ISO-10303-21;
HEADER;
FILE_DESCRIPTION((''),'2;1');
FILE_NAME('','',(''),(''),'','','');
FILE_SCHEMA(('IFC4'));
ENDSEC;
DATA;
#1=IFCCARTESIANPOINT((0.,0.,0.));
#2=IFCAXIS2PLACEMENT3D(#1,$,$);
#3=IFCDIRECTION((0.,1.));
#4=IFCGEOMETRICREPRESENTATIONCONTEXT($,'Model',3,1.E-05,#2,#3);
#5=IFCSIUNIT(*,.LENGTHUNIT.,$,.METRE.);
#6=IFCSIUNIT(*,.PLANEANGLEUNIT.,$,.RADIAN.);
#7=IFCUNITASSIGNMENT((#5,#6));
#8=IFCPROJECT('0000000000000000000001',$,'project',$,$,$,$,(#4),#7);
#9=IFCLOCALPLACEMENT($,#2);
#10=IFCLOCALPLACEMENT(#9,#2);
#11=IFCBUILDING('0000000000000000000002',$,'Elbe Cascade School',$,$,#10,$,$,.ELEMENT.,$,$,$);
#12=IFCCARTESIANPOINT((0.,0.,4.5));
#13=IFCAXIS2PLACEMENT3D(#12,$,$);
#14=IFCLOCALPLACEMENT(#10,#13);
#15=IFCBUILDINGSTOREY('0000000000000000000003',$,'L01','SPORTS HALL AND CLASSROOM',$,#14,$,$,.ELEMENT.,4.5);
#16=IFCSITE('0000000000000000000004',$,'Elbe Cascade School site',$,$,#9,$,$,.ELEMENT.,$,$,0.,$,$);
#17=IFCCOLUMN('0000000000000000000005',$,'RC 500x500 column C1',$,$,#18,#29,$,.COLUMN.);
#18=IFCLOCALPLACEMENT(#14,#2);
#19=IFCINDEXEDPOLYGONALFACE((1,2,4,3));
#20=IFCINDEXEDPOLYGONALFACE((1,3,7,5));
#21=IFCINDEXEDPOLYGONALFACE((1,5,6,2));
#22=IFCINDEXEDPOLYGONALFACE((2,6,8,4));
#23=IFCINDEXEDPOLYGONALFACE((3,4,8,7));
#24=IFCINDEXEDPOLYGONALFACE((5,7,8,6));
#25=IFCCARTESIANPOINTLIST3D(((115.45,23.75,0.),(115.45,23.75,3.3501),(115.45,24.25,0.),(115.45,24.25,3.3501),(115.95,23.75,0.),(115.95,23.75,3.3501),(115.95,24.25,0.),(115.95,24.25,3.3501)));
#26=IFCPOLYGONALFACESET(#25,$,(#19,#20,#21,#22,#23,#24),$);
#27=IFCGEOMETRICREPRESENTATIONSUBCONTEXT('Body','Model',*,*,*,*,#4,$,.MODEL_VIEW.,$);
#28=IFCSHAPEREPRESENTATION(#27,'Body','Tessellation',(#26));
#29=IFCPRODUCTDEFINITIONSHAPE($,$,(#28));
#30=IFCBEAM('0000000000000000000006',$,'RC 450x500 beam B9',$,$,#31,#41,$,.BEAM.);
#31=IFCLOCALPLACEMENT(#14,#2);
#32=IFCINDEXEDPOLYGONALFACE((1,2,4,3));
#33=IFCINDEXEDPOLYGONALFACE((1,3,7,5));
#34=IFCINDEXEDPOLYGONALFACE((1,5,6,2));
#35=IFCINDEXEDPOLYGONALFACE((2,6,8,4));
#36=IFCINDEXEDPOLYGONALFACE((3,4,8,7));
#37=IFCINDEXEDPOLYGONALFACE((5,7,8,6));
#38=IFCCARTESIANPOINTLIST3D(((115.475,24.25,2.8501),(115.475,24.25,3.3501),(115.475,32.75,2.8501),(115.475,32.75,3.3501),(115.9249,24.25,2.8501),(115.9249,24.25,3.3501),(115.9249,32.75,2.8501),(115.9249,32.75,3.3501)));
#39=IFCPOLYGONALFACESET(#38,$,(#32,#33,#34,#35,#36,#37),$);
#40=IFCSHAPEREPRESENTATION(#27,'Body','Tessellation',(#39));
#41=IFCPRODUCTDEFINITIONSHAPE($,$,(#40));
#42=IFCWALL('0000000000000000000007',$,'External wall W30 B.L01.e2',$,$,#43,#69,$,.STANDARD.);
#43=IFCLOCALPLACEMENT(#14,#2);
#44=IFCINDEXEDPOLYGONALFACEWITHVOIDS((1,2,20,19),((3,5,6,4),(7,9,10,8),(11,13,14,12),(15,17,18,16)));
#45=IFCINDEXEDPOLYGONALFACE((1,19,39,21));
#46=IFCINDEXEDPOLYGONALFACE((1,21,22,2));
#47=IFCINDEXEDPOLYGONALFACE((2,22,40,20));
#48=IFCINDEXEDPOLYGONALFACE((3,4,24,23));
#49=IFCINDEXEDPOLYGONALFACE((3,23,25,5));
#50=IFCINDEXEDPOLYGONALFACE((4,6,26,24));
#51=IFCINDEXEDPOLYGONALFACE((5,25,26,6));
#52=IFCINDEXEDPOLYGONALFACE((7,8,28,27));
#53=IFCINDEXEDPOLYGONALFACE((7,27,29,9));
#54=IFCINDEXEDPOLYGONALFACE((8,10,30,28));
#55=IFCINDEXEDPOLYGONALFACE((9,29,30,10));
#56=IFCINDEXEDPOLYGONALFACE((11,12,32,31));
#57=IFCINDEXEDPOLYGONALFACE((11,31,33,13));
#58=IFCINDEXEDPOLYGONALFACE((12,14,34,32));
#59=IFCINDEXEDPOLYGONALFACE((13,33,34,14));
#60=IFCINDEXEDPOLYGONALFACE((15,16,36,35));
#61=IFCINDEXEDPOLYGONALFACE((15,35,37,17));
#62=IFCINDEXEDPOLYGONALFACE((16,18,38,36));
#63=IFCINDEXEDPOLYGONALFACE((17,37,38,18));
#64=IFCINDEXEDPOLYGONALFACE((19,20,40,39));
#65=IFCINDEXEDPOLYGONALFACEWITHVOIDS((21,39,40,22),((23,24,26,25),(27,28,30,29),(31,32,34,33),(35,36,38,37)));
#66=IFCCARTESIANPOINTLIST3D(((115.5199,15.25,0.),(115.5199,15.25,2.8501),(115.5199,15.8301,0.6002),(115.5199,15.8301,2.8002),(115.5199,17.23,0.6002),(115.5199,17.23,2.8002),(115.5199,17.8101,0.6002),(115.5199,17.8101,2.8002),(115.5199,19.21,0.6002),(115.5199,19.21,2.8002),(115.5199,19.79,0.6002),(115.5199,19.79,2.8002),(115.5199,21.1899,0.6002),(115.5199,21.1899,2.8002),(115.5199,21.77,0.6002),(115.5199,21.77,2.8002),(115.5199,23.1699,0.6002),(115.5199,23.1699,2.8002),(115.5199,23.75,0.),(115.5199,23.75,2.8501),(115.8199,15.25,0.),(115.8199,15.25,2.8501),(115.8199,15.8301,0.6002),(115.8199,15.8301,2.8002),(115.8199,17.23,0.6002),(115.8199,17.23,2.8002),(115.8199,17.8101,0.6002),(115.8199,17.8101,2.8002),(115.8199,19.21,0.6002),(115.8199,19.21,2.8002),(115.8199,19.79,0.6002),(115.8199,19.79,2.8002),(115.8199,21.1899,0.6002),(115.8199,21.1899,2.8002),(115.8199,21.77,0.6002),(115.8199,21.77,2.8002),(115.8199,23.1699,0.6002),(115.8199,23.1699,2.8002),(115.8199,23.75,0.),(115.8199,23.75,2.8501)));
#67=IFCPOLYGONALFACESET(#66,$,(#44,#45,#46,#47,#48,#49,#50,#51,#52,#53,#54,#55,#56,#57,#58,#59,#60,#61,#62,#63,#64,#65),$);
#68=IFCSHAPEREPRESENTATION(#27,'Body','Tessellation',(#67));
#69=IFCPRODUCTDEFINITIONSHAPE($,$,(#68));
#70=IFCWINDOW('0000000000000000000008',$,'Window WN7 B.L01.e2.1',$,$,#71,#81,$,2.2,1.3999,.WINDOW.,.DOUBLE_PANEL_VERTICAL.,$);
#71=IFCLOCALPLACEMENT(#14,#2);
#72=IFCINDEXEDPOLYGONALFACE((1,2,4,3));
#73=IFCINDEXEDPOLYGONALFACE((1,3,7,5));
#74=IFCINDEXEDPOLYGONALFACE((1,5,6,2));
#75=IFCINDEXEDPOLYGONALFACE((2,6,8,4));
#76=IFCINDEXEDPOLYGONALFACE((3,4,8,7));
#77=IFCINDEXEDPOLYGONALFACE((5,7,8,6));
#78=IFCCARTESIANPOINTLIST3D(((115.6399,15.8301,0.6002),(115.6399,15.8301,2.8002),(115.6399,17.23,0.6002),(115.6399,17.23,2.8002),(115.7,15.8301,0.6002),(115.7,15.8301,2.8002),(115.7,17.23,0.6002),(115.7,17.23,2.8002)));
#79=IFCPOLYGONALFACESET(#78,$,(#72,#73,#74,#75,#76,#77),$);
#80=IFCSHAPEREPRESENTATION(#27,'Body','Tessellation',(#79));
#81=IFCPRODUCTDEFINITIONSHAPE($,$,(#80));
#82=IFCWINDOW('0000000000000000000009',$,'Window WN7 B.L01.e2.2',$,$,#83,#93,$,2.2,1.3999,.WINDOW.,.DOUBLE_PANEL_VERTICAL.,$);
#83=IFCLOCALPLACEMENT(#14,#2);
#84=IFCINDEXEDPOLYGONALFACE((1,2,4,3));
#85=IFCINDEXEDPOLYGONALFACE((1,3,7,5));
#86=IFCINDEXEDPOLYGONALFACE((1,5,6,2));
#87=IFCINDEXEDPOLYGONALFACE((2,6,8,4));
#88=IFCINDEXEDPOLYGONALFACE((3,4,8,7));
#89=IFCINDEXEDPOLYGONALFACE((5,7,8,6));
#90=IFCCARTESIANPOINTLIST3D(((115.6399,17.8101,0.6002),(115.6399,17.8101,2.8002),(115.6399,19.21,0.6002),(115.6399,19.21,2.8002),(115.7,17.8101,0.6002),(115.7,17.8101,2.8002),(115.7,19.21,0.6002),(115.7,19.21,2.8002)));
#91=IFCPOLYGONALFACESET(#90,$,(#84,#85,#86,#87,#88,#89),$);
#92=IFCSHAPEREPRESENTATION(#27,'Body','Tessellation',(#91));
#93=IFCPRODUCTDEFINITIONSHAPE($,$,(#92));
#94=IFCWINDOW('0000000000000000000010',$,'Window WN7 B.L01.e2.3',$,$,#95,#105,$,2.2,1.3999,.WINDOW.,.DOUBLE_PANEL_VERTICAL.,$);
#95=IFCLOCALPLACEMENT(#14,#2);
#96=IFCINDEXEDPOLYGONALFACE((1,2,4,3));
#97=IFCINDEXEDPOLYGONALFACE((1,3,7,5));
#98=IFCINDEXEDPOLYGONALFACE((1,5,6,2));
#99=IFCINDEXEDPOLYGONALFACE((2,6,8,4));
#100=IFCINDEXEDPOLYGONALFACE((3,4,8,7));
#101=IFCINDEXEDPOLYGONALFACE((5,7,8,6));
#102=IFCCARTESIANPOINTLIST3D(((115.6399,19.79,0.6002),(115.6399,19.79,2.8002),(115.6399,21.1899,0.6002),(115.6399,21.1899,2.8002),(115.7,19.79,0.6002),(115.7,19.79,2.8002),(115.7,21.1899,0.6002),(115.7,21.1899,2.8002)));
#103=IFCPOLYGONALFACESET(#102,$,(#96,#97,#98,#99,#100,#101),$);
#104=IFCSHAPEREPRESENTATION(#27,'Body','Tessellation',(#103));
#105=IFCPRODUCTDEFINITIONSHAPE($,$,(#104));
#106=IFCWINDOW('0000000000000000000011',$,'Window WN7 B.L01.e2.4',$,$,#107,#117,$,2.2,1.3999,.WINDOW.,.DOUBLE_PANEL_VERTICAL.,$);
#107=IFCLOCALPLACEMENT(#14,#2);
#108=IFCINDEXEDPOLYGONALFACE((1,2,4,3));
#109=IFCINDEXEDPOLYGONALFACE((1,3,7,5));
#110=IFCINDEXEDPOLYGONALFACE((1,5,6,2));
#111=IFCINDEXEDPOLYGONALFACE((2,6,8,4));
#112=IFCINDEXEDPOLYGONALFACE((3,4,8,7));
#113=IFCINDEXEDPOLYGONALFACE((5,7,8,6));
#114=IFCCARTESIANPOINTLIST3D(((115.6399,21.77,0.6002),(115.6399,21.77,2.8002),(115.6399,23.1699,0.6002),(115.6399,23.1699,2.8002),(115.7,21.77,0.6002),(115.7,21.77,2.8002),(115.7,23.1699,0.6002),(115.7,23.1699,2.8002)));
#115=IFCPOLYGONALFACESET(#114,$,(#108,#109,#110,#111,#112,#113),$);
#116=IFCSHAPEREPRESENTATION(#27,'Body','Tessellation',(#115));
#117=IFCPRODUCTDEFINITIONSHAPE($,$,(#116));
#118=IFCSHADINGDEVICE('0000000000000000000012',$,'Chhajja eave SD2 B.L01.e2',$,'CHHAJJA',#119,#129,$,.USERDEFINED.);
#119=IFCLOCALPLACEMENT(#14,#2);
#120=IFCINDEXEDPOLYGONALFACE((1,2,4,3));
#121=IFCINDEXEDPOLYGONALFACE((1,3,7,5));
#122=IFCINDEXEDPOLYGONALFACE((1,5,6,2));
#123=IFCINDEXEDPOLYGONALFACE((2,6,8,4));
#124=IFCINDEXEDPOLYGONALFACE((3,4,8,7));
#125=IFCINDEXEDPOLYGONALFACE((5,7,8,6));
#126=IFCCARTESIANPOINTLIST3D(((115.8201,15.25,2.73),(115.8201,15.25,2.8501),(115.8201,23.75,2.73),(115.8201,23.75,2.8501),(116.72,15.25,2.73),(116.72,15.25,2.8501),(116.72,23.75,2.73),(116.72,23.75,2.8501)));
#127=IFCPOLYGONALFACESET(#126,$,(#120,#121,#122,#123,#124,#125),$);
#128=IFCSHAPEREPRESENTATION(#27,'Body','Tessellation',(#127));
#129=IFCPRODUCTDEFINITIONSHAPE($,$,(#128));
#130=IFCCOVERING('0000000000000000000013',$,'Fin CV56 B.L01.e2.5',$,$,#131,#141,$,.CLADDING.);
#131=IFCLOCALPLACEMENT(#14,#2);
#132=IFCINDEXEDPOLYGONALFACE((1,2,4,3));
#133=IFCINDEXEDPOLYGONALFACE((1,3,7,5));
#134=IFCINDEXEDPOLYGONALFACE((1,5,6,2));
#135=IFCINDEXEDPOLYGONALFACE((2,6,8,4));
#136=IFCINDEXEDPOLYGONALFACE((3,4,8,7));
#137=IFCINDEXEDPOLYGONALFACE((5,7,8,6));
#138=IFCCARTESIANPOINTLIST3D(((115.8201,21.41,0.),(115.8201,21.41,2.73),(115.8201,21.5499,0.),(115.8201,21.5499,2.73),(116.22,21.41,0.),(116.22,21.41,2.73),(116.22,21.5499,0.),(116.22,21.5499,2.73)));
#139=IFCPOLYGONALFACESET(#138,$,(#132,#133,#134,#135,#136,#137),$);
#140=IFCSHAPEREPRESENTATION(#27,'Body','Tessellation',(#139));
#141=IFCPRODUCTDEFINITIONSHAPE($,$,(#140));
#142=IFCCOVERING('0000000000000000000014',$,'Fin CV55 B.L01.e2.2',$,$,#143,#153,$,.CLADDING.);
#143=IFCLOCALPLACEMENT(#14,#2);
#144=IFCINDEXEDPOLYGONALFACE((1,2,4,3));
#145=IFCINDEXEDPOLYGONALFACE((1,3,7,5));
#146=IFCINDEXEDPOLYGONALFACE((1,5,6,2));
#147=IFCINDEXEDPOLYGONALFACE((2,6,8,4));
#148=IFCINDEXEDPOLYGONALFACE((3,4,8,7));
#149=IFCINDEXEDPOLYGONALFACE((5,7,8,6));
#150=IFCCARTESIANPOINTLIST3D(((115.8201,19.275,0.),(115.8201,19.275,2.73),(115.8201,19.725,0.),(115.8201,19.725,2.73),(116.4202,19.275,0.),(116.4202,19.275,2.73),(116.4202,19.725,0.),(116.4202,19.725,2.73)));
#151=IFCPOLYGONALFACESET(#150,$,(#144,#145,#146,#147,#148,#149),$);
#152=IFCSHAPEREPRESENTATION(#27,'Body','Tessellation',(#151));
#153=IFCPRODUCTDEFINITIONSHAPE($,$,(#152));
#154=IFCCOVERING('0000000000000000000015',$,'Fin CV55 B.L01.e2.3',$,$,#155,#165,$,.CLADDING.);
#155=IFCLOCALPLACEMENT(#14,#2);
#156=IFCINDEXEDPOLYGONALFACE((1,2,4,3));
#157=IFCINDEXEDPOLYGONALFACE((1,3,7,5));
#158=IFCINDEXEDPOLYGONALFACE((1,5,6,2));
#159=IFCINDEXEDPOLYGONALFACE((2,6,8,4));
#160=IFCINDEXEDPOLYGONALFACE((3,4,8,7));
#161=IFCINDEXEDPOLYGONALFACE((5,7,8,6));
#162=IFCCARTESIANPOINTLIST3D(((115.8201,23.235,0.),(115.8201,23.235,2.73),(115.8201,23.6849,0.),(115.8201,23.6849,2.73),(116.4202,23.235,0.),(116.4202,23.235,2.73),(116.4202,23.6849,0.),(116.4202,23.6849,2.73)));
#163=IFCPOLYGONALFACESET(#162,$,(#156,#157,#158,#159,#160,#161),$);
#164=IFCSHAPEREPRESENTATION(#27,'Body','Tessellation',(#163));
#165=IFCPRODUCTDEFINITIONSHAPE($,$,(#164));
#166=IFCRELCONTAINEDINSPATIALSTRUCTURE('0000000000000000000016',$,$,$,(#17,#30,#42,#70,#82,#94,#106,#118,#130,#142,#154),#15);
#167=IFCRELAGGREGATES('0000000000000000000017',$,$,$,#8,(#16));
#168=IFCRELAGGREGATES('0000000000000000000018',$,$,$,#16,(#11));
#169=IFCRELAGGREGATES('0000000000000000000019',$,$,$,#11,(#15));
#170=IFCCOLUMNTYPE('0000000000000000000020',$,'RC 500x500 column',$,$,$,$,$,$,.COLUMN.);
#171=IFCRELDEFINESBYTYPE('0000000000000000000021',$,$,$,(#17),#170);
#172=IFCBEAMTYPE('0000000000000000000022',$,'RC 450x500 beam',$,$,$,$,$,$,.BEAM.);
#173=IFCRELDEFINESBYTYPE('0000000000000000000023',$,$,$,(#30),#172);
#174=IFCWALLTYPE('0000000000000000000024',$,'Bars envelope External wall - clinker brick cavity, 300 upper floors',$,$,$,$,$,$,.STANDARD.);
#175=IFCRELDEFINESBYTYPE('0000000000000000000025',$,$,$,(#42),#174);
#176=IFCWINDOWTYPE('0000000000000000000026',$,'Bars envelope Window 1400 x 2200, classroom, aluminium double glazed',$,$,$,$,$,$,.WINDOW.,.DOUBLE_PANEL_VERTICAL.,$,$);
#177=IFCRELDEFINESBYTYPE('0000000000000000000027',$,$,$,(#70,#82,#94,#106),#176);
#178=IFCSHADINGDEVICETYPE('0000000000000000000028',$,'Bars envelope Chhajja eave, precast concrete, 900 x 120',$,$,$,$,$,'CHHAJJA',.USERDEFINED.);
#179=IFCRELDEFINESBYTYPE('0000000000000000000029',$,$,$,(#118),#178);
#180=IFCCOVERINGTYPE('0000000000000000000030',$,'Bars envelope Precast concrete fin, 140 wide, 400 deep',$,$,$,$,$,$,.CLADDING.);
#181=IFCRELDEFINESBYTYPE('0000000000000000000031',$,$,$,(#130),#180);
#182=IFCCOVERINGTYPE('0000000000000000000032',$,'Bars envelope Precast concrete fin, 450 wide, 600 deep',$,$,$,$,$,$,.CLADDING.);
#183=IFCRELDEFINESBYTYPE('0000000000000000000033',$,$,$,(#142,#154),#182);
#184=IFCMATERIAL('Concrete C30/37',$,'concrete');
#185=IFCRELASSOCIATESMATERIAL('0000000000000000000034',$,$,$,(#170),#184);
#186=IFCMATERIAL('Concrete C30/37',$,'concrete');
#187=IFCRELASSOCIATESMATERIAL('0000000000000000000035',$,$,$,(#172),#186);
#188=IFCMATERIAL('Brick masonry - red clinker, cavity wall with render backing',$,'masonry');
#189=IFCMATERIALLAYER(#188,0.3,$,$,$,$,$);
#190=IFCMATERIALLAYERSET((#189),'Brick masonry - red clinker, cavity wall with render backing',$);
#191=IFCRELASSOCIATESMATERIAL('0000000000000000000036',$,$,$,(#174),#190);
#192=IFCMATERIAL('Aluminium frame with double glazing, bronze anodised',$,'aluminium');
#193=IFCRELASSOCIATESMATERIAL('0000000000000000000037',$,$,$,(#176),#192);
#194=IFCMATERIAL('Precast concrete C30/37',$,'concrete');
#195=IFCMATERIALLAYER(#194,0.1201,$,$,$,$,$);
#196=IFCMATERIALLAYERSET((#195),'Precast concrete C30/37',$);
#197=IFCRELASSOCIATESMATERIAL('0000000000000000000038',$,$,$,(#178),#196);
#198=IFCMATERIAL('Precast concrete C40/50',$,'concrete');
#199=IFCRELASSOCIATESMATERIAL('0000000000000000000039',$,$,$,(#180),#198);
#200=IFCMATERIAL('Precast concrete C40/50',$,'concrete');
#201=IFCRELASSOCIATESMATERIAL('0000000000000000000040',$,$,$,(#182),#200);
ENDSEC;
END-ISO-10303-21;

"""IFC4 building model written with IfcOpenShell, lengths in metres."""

from ifc_helpers import new_model, si_unit, direction, frame, frame_2d, origin, origin_2d, place, context, subcontext, project, spatial, rectangle, extrude, material, layer, layer_set, material_profile, profile_set, type_object, element, fill, save


model = new_model("IFC4")

# Units and contexts
model_context = context("Model", 3, precision=1e-05, world=origin(), true_north=direction((0.0, 1.0)))
body_context = subcontext(model_context, "Body", "Model", "MODEL_VIEW")
ifc_project = project(units=[si_unit("LENGTHUNIT", "METRE"), si_unit("PLANEANGLEUNIT", "RADIAN")], contexts=[model_context])

# Site, building, storey
site_placement = place(None, origin())
site = spatial("IfcSite", under=ifc_project, at=site_placement, Name="Elbe Cascade School site", CompositionType="ELEMENT", RefElevation=0.0)
building_placement = place(site_placement, origin())
building = spatial("IfcBuilding", under=site, at=building_placement, Name="Elbe Cascade School", CompositionType="ELEMENT")
storey_placement = place(building_placement, frame((0.0, 0.0, 4.5)))
storey = spatial("IfcBuildingStorey", under=building, at=storey_placement, Name="L01", Description="SPORTS HALL AND CLASSROOM", CompositionType="ELEMENT", Elevation=4.5)

# Column
ifc_material_1 = material(Name="Concrete C30/37", Category="concrete")
ifc_material_profile_1 = material_profile(ifc_material_1, rectangle(XDim=0.5, YDim=0.5, at=origin_2d()), Name="RC 500x500")
ifc_profile_set_1 = profile_set([ifc_material_profile_1], Name="Concrete C30/37")
column_type = type_object("IfcColumnType", Name="RC 500x500 column", PredefinedType="COLUMN", material=ifc_profile_set_1)
column_placement = place(storey_placement, frame((115.7, 24.0, 0.0), z_axis=(0.0, 0.0, 1.0), x_axis=(1.0, 0.0, 0.0)))
element("IfcColumn", 1, at=column_placement, inside=storey, type_object=column_type, Name="RC 500x500 column C1", PredefinedType="COLUMN", context=body_context, shape_type="SweptSolid", body=[
    extrude(rectangle(XDim=0.5, YDim=0.5, at=origin_2d()), origin(), (0.0, 0.0, 1.0), 3.3501),
])

# Beam
ifc_material_2 = material(Name="Concrete C30/37", Category="concrete")
ifc_material_profile_2 = material_profile(ifc_material_2, rectangle(XDim=0.45, YDim=0.5, at=origin_2d()), Name="RC 450x500")
ifc_profile_set_2 = profile_set([ifc_material_profile_2], Name="Concrete C30/37")
beam_type = type_object("IfcBeamType", Name="RC 450x500 beam", PredefinedType="BEAM", material=ifc_profile_set_2)
beam_placement = place(storey_placement, frame((115.7, 24.25, 3.1001), z_axis=(0.0, 1.0, 0.0), x_axis=(-1.0, 0.0, 0.0)))
element("IfcBeam", 2, at=beam_placement, inside=storey, type_object=beam_type, Name="RC 450x500 beam B9", PredefinedType="BEAM", context=body_context, shape_type="SweptSolid", body=[
    extrude(rectangle(XDim=0.45, YDim=0.5, at=origin_2d()), origin(), (0.0, 0.0, 1.0), 8.5),
])

# Wall, openings, windows
ifc_material_3 = material(Name="Brick masonry - red clinker, cavity wall with render backing", Category="masonry")
ifc_layer_1 = layer(ifc_material_3, 0.3)
ifc_layer_set_1 = layer_set([ifc_layer_1], Name="Brick masonry - red clinker, cavity wall with render backing")
wall_type = type_object("IfcWallType", Name="Bars envelope External wall - clinker brick cavity, 300 upper floors", PredefinedType="STANDARD", material=ifc_layer_set_1)
wall_placement = place(storey_placement, frame((115.6699, 23.75, 0.0), z_axis=(0.0, 0.0, 1.0), x_axis=(0.0, -1.0, 0.0)))
wall = element("IfcWall", 3, at=wall_placement, inside=storey, type_object=wall_type, Name="External wall W30 B.L01.e2", PredefinedType="STANDARD", context=body_context, shape_type="SweptSolid", body=[
    extrude(rectangle(XDim=8.5, YDim=0.3, at=frame_2d((4.25, 0.0))), origin(), (0.0, 0.0, 1.0), 2.8501),
])
opening_1_placement = place(wall_placement, frame((6.52, 0.0, 0.6001)))
opening_1 = element("IfcOpeningElement", 4, at=opening_1_placement, cuts=wall, PredefinedType="OPENING", context=body_context, shape_type="SweptSolid", body=[
    extrude(rectangle(XDim=1.3999, YDim=2.2, at=frame_2d((0.7, 1.1001))), frame((0.0, 0.1599, 0.0), z_axis=(0.0, -1.0, 0.0), x_axis=(1.0, 0.0, 0.0)), (0.0, 0.0, 1.0), 0.3201),
])
opening_2_placement = place(wall_placement, frame((4.54, 0.0, 0.6001)))
opening_2 = element("IfcOpeningElement", 5, at=opening_2_placement, cuts=wall, PredefinedType="OPENING", context=body_context, shape_type="SweptSolid", body=[
    extrude(rectangle(XDim=1.3999, YDim=2.2, at=frame_2d((0.7, 1.1001))), frame((0.0, 0.1599, 0.0), z_axis=(0.0, -1.0, 0.0), x_axis=(1.0, 0.0, 0.0)), (0.0, 0.0, 1.0), 0.3201),
])
opening_3_placement = place(wall_placement, frame((2.5601, 0.0, 0.6001)))
opening_3 = element("IfcOpeningElement", 6, at=opening_3_placement, cuts=wall, PredefinedType="OPENING", context=body_context, shape_type="SweptSolid", body=[
    extrude(rectangle(XDim=1.3999, YDim=2.2, at=frame_2d((0.7, 1.1001))), frame((0.0, 0.1599, 0.0), z_axis=(0.0, -1.0, 0.0), x_axis=(1.0, 0.0, 0.0)), (0.0, 0.0, 1.0), 0.3201),
])
opening_4_placement = place(wall_placement, frame((0.5801, 0.0, 0.6001)))
opening_4 = element("IfcOpeningElement", 7, at=opening_4_placement, cuts=wall, PredefinedType="OPENING", context=body_context, shape_type="SweptSolid", body=[
    extrude(rectangle(XDim=1.3999, YDim=2.2, at=frame_2d((0.7, 1.1001))), frame((0.0, 0.1599, 0.0), z_axis=(0.0, -1.0, 0.0), x_axis=(1.0, 0.0, 0.0)), (0.0, 0.0, 1.0), 0.3201),
])
ifc_material_4 = material(Name="Aluminium frame with double glazing, bronze anodised", Category="aluminium")
window_type = type_object("IfcWindowType", Name="Bars envelope Window 1400 x 2200, classroom, aluminium double glazed", PartitioningType="DOUBLE_PANEL_VERTICAL", PredefinedType="WINDOW", material=ifc_material_4)
window_1_placement = place(opening_1_placement, origin())
window_1 = element("IfcWindow", 8, at=window_1_placement, inside=storey, type_object=window_type, Name="Window WN7 B.L01.e2.1", OverallHeight=2.2, OverallWidth=1.3999, PartitioningType="DOUBLE_PANEL_VERTICAL", PredefinedType="WINDOW", context=body_context, shape_type="SweptSolid", body=[
    extrude(rectangle(XDim=1.3999, YDim=2.2, at=frame_2d((0.7, 1.1001))), frame((0.0, 0.03, 0.0), z_axis=(0.0, -1.0, 0.0), x_axis=(1.0, 0.0, 0.0)), (0.0, 0.0, 1.0), 0.0601),
])
fill(opening_1, window_1)
window_2_placement = place(opening_2_placement, origin())
window_2 = element("IfcWindow", 9, at=window_2_placement, inside=storey, type_object=window_type, Name="Window WN7 B.L01.e2.2", OverallHeight=2.2, OverallWidth=1.3999, PartitioningType="DOUBLE_PANEL_VERTICAL", PredefinedType="WINDOW", context=body_context, shape_type="SweptSolid", body=[
    extrude(rectangle(XDim=1.3999, YDim=2.2, at=frame_2d((0.7, 1.1001))), frame((0.0, 0.03, 0.0), z_axis=(0.0, -1.0, 0.0), x_axis=(1.0, 0.0, 0.0)), (0.0, 0.0, 1.0), 0.0601),
])
fill(opening_2, window_2)
window_3_placement = place(opening_3_placement, origin())
window_3 = element("IfcWindow", 10, at=window_3_placement, inside=storey, type_object=window_type, Name="Window WN7 B.L01.e2.3", OverallHeight=2.2, OverallWidth=1.3999, PartitioningType="DOUBLE_PANEL_VERTICAL", PredefinedType="WINDOW", context=body_context, shape_type="SweptSolid", body=[
    extrude(rectangle(XDim=1.3999, YDim=2.2, at=frame_2d((0.7, 1.1001))), frame((0.0, 0.03, 0.0), z_axis=(0.0, -1.0, 0.0), x_axis=(1.0, 0.0, 0.0)), (0.0, 0.0, 1.0), 0.0601),
])
fill(opening_3, window_3)
window_4_placement = place(opening_4_placement, origin())
window_4 = element("IfcWindow", 11, at=window_4_placement, inside=storey, type_object=window_type, Name="Window WN7 B.L01.e2.4", OverallHeight=2.2, OverallWidth=1.3999, PartitioningType="DOUBLE_PANEL_VERTICAL", PredefinedType="WINDOW", context=body_context, shape_type="SweptSolid", body=[
    extrude(rectangle(XDim=1.3999, YDim=2.2, at=frame_2d((0.7, 1.1001))), frame((0.0, 0.03, 0.0), z_axis=(0.0, -1.0, 0.0), x_axis=(1.0, 0.0, 0.0)), (0.0, 0.0, 1.0), 0.0601),
])
fill(opening_4, window_4)

# Shading device
ifc_material_5 = material(Name="Precast concrete C30/37", Category="concrete")
ifc_layer_2 = layer(ifc_material_5, 0.1201)
ifc_layer_set_2 = layer_set([ifc_layer_2], Name="Precast concrete C30/37")
shading_device_type_1 = type_object("IfcShadingDeviceType", Name="Bars envelope Chhajja eave, precast concrete, 900 x 120", ElementType="CHHAJJA", PredefinedType="USERDEFINED", material=ifc_layer_set_2)
shading_device_1_placement = place(storey_placement, frame((116.27, 19.5, 2.73), z_axis=(0.0, 0.0, 1.0), x_axis=(0.0, 1.0, 0.0)))
element("IfcShadingDevice", 12, at=shading_device_1_placement, inside=storey, type_object=shading_device_type_1, Name="Chhajja eave SD2 B.L01.e2", ObjectType="CHHAJJA", PredefinedType="USERDEFINED", context=body_context, shape_type="SweptSolid", body=[
    extrude(rectangle(XDim=8.5, YDim=0.8999, at=origin_2d()), origin(), (0.0, 0.0, 1.0), 0.1201),
])

# Coverings
ifc_material_6 = material(Name="Precast concrete C40/50", Category="concrete")
covering_type_1 = type_object("IfcCoveringType", Name="Bars envelope Precast concrete fin, 140 wide, 400 deep", PredefinedType="CLADDING", material=ifc_material_6)
covering_1_placement = place(storey_placement, frame((116.02, 21.48, 0.0), z_axis=(0.0, 0.0, 1.0), x_axis=(0.0, 1.0, 0.0)))
element("IfcCovering", 13, at=covering_1_placement, inside=storey, type_object=covering_type_1, Name="Fin CV56 B.L01.e2.5", PredefinedType="CLADDING", context=body_context, shape_type="SweptSolid", body=[
    extrude(rectangle(XDim=0.1399, YDim=0.3999, at=origin_2d()), origin(), (0.0, 0.0, 1.0), 2.73),
])
ifc_material_7 = material(Name="Precast concrete C40/50", Category="concrete")
covering_type_2 = type_object("IfcCoveringType", Name="Bars envelope Precast concrete fin, 450 wide, 600 deep", PredefinedType="CLADDING", material=ifc_material_7)
for number, where, z_axis, x_axis, name in (
    (14, (116.1201, 19.5, 0.0), (0.0, 0.0, 1.0), (0.0, 1.0, 0.0), "Fin CV55 B.L01.e2.2"),
    (15, (116.1201, 23.46, 0.0), (0.0, 0.0, 1.0), (0.0, 1.0, 0.0), "Fin CV55 B.L01.e2.3"),
):
    element("IfcCovering", number, at=place(storey_placement, frame(where, z_axis=z_axis, x_axis=x_axis)), inside=storey, type_object=covering_type_2, Name=name, PredefinedType="CLADDING", context=body_context, shape_type="SweptSolid", body=[
        extrude(rectangle(XDim=0.45, YDim=0.6001, at=origin_2d()), origin(), (0.0, 0.0, 1.0), 2.73),
    ])

save(model, "model.ifc")
